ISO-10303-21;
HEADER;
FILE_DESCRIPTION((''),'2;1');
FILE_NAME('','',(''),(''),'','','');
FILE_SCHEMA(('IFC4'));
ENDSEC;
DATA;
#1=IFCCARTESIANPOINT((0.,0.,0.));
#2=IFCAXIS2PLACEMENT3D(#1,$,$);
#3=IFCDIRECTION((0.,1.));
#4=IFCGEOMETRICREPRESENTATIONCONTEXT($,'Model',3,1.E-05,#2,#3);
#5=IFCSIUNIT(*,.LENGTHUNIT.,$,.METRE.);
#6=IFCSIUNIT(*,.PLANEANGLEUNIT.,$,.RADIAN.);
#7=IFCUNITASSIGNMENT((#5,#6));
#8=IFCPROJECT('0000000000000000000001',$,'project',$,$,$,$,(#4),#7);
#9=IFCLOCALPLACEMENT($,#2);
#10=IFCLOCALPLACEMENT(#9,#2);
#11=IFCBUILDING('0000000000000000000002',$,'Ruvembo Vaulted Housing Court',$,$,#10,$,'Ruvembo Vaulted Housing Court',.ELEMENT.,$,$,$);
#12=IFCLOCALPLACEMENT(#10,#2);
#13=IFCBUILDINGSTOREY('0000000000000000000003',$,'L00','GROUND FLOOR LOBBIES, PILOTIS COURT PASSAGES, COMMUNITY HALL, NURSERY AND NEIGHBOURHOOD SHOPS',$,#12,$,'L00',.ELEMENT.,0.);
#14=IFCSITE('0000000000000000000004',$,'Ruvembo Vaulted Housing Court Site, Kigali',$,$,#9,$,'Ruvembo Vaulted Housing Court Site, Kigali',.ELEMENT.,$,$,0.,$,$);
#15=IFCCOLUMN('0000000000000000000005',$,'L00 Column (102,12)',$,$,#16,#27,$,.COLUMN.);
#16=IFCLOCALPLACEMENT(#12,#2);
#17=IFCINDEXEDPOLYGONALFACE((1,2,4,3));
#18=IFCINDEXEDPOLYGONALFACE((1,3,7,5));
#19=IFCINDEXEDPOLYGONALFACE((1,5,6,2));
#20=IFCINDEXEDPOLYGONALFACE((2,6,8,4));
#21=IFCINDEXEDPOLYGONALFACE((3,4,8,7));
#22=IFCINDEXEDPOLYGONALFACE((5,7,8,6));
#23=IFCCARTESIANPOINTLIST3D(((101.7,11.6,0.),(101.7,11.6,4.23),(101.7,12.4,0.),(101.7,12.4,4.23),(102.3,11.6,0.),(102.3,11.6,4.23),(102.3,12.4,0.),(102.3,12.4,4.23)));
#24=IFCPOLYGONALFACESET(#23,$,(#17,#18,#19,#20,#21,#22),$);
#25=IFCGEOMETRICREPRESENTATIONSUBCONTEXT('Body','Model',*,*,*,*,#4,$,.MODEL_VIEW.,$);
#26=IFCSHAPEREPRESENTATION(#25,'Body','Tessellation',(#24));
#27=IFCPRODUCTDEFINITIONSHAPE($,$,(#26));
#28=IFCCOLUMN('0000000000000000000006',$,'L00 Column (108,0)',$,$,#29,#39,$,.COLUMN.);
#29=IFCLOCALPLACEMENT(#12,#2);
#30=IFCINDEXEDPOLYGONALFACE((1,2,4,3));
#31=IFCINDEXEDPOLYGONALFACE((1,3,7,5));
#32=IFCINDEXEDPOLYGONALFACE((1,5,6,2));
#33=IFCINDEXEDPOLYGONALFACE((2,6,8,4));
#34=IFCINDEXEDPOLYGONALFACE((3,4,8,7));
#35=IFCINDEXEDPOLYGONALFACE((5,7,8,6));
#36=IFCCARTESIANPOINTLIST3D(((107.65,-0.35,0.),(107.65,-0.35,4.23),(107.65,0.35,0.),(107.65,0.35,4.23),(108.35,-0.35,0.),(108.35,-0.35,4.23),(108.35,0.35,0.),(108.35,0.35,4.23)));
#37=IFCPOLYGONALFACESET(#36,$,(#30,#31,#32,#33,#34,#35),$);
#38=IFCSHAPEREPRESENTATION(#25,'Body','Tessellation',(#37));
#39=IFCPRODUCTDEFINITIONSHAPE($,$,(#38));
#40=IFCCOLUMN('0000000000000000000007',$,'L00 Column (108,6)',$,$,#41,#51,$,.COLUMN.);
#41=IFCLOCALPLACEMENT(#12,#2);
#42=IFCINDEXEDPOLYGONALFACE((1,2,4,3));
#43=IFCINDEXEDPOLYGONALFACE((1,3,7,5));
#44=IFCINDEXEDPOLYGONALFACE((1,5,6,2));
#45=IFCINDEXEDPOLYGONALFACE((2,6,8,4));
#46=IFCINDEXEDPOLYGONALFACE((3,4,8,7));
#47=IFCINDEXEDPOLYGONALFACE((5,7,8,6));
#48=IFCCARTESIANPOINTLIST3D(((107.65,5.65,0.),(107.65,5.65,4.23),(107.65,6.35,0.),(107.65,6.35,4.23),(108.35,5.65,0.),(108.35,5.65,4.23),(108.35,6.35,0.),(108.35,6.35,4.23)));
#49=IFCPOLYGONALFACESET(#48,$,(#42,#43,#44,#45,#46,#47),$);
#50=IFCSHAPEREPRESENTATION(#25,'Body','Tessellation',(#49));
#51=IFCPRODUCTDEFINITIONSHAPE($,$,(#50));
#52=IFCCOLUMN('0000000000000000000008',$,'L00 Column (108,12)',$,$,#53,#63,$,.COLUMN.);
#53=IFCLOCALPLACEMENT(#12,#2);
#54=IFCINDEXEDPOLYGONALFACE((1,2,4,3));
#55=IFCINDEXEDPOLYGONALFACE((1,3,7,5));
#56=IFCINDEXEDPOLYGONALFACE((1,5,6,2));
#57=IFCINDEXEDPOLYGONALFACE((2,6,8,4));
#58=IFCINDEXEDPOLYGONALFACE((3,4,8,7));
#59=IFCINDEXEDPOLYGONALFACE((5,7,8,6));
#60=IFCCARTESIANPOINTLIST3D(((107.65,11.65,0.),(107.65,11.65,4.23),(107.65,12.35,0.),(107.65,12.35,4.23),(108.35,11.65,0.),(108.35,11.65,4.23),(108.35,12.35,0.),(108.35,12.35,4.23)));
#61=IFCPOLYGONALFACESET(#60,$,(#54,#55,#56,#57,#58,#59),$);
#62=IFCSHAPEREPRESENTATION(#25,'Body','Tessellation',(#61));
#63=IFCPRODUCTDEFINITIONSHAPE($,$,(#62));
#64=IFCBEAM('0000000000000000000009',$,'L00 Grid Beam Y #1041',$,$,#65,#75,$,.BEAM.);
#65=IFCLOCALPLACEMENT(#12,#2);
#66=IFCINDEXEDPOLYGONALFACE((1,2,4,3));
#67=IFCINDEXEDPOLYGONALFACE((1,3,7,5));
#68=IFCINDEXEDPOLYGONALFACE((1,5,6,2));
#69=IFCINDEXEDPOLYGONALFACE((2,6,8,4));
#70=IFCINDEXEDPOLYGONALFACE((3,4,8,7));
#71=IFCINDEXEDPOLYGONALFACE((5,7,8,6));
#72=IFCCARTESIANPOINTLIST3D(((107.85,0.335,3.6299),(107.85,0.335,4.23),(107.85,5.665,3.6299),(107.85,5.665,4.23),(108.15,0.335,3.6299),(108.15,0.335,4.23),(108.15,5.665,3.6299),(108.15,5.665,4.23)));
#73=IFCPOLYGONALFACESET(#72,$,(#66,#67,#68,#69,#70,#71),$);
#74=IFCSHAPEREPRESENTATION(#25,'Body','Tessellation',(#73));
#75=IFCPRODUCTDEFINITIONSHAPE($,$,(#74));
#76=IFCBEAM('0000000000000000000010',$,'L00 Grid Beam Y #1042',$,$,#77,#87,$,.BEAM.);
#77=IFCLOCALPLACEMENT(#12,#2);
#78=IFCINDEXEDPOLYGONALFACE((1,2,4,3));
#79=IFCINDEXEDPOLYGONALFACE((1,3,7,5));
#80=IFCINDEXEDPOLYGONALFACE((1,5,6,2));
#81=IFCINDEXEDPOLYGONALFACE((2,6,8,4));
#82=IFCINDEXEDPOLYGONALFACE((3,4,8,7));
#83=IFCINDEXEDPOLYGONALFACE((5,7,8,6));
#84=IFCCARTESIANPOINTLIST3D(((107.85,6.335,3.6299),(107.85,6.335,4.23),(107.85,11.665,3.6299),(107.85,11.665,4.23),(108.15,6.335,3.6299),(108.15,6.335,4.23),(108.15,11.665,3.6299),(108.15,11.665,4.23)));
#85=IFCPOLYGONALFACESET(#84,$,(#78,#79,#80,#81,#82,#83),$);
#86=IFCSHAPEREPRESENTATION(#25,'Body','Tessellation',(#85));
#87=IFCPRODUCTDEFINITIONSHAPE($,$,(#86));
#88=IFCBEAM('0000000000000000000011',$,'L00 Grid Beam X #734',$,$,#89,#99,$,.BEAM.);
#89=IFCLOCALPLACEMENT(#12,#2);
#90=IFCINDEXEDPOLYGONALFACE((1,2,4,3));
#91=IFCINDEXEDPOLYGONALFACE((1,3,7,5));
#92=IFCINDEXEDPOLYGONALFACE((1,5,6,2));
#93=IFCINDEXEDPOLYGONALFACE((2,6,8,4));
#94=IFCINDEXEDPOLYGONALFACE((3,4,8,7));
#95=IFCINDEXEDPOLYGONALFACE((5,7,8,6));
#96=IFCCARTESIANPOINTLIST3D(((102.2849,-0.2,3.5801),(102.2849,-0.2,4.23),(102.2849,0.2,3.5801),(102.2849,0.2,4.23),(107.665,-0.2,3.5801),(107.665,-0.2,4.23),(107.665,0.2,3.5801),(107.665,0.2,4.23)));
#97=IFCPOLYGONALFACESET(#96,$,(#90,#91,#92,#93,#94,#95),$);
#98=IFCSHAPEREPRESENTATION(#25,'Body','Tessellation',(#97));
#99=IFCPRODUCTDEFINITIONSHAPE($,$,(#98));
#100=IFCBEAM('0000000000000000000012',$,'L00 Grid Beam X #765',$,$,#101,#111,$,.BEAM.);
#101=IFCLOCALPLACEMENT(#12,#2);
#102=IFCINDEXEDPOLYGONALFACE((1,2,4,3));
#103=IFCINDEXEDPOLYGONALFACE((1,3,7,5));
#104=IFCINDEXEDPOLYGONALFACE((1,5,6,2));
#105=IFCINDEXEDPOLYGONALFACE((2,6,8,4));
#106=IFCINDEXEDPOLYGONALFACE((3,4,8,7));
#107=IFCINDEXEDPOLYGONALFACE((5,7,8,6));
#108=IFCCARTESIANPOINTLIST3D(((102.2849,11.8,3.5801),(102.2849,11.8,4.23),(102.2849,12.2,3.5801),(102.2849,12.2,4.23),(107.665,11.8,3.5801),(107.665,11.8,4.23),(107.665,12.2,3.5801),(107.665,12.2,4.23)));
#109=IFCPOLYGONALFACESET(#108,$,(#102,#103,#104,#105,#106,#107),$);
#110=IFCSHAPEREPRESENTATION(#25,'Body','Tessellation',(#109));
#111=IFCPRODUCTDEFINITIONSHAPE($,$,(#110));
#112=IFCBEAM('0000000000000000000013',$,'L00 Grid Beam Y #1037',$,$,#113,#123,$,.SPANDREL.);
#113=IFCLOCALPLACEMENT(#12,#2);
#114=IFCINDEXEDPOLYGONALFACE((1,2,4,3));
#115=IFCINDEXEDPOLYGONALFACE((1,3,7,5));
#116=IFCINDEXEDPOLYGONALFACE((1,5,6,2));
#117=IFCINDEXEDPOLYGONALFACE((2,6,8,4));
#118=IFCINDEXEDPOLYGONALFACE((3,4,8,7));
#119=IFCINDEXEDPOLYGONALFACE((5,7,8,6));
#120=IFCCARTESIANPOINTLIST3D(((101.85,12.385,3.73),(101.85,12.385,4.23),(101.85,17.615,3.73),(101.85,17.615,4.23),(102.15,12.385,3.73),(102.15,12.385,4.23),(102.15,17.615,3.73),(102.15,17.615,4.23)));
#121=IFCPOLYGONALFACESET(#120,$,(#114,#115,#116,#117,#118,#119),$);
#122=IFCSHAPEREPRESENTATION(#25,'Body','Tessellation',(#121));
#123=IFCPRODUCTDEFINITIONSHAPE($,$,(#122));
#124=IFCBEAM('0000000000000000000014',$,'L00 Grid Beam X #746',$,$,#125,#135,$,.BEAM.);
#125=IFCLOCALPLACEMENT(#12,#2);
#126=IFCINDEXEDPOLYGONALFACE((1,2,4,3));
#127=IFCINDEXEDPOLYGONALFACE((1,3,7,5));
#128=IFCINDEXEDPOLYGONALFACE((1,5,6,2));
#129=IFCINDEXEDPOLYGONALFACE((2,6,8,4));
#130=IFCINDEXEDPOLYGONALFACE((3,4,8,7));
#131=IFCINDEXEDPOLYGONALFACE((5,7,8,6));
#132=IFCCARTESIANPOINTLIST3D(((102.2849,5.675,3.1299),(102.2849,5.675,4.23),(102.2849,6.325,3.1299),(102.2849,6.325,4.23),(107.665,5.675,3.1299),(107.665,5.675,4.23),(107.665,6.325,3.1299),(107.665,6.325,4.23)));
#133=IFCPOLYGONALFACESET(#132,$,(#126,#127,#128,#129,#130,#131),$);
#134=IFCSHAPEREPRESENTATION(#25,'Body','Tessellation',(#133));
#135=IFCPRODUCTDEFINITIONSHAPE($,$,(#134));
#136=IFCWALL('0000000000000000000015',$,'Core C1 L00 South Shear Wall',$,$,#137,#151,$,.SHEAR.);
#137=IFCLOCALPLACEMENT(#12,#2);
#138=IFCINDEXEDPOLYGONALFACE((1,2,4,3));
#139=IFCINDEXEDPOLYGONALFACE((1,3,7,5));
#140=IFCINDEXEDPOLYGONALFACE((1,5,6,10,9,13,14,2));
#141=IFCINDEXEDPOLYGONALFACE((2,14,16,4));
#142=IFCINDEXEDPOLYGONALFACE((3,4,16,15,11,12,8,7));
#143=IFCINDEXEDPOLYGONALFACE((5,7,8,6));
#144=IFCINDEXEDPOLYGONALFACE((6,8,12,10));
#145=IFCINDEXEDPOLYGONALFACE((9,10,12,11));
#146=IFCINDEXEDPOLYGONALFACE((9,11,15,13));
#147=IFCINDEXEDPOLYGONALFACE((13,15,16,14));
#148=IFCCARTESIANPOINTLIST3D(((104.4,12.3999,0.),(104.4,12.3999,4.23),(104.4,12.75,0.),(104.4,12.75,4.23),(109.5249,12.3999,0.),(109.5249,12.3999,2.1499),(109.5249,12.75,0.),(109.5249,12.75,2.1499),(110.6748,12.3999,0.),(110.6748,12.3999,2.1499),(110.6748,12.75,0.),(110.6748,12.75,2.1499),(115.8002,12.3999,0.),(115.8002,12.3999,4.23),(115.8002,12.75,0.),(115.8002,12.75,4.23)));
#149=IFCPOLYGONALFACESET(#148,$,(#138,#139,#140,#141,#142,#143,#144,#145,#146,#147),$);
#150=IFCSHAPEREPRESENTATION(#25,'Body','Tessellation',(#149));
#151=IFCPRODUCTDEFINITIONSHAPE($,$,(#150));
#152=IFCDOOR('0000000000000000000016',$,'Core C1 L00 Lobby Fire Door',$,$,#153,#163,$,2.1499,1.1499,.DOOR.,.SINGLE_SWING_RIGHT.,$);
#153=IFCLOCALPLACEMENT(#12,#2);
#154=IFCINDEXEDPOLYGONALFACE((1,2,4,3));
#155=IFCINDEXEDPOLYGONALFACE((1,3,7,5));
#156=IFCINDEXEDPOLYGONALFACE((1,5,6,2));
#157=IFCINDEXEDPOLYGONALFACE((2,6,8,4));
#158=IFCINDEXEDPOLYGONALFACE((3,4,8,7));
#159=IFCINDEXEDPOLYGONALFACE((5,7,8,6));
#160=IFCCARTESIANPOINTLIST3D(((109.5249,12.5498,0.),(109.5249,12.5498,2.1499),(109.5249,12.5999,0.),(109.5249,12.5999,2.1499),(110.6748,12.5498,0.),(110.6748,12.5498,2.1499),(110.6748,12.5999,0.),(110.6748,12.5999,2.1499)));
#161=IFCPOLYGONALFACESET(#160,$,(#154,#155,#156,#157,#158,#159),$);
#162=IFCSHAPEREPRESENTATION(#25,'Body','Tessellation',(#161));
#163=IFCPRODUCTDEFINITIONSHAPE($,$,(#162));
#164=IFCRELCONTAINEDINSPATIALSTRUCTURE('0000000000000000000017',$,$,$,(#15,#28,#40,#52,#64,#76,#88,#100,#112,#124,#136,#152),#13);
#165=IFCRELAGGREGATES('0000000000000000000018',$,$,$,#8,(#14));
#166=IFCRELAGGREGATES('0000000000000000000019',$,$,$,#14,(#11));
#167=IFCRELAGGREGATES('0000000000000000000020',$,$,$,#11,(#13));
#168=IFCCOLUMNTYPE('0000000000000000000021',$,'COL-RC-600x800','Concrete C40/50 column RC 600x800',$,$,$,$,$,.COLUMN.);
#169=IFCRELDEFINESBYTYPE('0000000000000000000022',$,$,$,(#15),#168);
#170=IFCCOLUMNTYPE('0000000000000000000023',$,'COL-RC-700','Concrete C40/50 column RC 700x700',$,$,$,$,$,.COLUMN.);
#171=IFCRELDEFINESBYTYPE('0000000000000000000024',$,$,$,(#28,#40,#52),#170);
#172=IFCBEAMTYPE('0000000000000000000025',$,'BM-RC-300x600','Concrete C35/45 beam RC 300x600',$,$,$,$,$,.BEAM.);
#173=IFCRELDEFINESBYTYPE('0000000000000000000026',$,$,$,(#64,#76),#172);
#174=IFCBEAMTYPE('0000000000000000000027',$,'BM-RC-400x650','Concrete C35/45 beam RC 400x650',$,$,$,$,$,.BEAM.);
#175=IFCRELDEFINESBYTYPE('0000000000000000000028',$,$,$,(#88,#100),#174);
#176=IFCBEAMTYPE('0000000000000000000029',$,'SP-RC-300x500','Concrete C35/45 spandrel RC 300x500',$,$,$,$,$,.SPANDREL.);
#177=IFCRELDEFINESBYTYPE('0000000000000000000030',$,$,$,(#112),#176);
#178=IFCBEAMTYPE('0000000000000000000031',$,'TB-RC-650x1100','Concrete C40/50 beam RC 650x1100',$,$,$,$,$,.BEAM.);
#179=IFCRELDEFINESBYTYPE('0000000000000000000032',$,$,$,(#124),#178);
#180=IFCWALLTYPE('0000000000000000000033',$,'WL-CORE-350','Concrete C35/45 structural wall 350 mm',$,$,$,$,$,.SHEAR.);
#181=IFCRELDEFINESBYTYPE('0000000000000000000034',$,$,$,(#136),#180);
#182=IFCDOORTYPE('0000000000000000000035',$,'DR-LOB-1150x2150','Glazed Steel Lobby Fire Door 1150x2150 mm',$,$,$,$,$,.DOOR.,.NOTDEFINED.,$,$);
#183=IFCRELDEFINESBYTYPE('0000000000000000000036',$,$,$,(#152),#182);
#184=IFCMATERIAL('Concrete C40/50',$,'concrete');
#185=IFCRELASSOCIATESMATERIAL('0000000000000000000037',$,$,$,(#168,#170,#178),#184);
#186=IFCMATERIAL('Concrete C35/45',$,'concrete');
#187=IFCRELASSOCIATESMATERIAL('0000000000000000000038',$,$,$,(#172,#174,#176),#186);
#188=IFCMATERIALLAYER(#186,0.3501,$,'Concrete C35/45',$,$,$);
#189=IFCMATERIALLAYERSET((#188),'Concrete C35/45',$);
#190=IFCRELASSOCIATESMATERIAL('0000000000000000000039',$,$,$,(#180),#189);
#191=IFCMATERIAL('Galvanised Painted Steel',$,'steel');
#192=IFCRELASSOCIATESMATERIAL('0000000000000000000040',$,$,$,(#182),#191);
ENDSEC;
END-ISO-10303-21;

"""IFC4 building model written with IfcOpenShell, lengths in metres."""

from ifc_helpers import new_model, si_unit, direction, frame, frame_2d, origin, origin_2d, place, context, subcontext, project, spatial, rectangle, extrude, material, layer, layer_set, material_profile, profile_set, type_object, element, fill, save


model = new_model("IFC4")

# Units and contexts
model_context = context("Model", 3, precision=1e-05, world=origin(), true_north=direction((0.0, 1.0)))
body_context = subcontext(model_context, "Body", "Model", "MODEL_VIEW")
ifc_project = project(units=[si_unit("LENGTHUNIT", "METRE"), si_unit("PLANEANGLEUNIT", "RADIAN")], contexts=[model_context])

# Site, building, storey
site_placement = place(None, origin())
site = spatial("IfcSite", under=ifc_project, at=site_placement, Name="Ruvembo Vaulted Housing Court Site, Kigali", LongName="Ruvembo Vaulted Housing Court Site, Kigali", CompositionType="ELEMENT", RefElevation=0.0)
building_placement = place(site_placement, origin())
building = spatial("IfcBuilding", under=site, at=building_placement, Name="Ruvembo Vaulted Housing Court", LongName="Ruvembo Vaulted Housing Court", CompositionType="ELEMENT")
storey_placement = place(building_placement, origin())
storey = spatial("IfcBuildingStorey", under=building, at=storey_placement, Name="L00", Description="GROUND FLOOR LOBBIES, PILOTIS COURT PASSAGES, COMMUNITY HALL, NURSERY AND NEIGHBOURHOOD SHOPS", LongName="L00", CompositionType="ELEMENT", Elevation=0.0)

# Columns
ifc_material_1 = material(Name="Concrete C40/50", Category="concrete")
ifc_material_profile_1 = material_profile(ifc_material_1, rectangle(XDim=0.6001, YDim=0.8, at=origin_2d()), Name="RC 600x800")
ifc_profile_set_1 = profile_set([ifc_material_profile_1], Name="Concrete C40/50")
column_type_1 = type_object("IfcColumnType", Name="COL-RC-600x800", Description="Concrete C40/50 column RC 600x800", PredefinedType="COLUMN", material=ifc_profile_set_1)
column_placement = place(storey_placement, frame((102.0, 12.0, 0.0), z_axis=(0.0, 0.0, 1.0), x_axis=(1.0, 0.0, 0.0)))
element("IfcColumn", 1, at=column_placement, inside=storey, type_object=column_type_1, Name="L00 Column (102,12)", PredefinedType="COLUMN", context=body_context, shape_type="SweptSolid", body=[
    extrude(rectangle(XDim=0.6001, YDim=0.8, at=origin_2d()), origin(), (0.0, 0.0, 1.0), 4.23),
])
ifc_material_profile_2 = material_profile(ifc_material_1, rectangle(XDim=0.7, YDim=0.7, at=origin_2d()), Name="RC 700x700")
ifc_profile_set_2 = profile_set([ifc_material_profile_2], Name="Concrete C40/50")
column_type_2 = type_object("IfcColumnType", Name="COL-RC-700", Description="Concrete C40/50 column RC 700x700", PredefinedType="COLUMN", material=ifc_profile_set_2)
for number, where, z_axis, x_axis, name in (
    (2, (108.0, 0.0, 0.0), (0.0, 0.0, 1.0), (1.0, 0.0, 0.0), "L00 Column (108,0)"),
    (3, (108.0, 6.0, 0.0), (0.0, 0.0, 1.0), (1.0, 0.0, 0.0), "L00 Column (108,6)"),
    (4, (108.0, 12.0, 0.0), (0.0, 0.0, 1.0), (1.0, 0.0, 0.0), "L00 Column (108,12)"),
):
    element("IfcColumn", number, at=place(storey_placement, frame(where, z_axis=z_axis, x_axis=x_axis)), inside=storey, type_object=column_type_2, Name=name, PredefinedType="COLUMN", context=body_context, shape_type="SweptSolid", body=[
        extrude(rectangle(XDim=0.7, YDim=0.7, at=origin_2d()), origin(), (0.0, 0.0, 1.0), 4.23),
    ])

# Beams
ifc_material_2 = material(Name="Concrete C35/45", Category="concrete")
ifc_material_profile_3 = material_profile(ifc_material_2, rectangle(XDim=0.3, YDim=0.6001, at=origin_2d()), Name="RC 300x600")
ifc_profile_set_3 = profile_set([ifc_material_profile_3], Name="Concrete C35/45")
beam_type_1 = type_object("IfcBeamType", Name="BM-RC-300x600", Description="Concrete C35/45 beam RC 300x600", PredefinedType="BEAM", material=ifc_profile_set_3)
for number, where, z_axis, x_axis, name in (
    (5, (108.0, 0.335, 3.9299), (0.0, 1.0, 0.0), (-1.0, 0.0, 0.0), "L00 Grid Beam Y #1041"),
    (6, (108.0, 6.335, 3.9299), (0.0, 1.0, 0.0), (-1.0, 0.0, 0.0), "L00 Grid Beam Y #1042"),
):
    element("IfcBeam", number, at=place(storey_placement, frame(where, z_axis=z_axis, x_axis=x_axis)), inside=storey, type_object=beam_type_1, Name=name, PredefinedType="BEAM", context=body_context, shape_type="SweptSolid", body=[
        extrude(rectangle(XDim=0.3, YDim=0.6001, at=origin_2d()), origin(), (0.0, 0.0, 1.0), 5.3301),
    ])
ifc_material_profile_4 = material_profile(ifc_material_2, rectangle(XDim=0.3999, YDim=0.6499, at=origin_2d()), Name="RC 400x650")
ifc_profile_set_4 = profile_set([ifc_material_profile_4], Name="Concrete C35/45")
beam_type_2 = type_object("IfcBeamType", Name="BM-RC-400x650", Description="Concrete C35/45 beam RC 400x650", PredefinedType="BEAM", material=ifc_profile_set_4)
for number, where, z_axis, x_axis, name in (
    (7, (102.2849, 0.0, 3.905), (1.0, 0.0, 0.0), (0.0, 1.0, 0.0), "L00 Grid Beam X #734"),
    (8, (102.2849, 12.0, 3.905), (1.0, 0.0, 0.0), (0.0, 1.0, 0.0), "L00 Grid Beam X #765"),
):
    element("IfcBeam", number, at=place(storey_placement, frame(where, z_axis=z_axis, x_axis=x_axis)), inside=storey, type_object=beam_type_2, Name=name, PredefinedType="BEAM", context=body_context, shape_type="SweptSolid", body=[
        extrude(rectangle(XDim=0.3999, YDim=0.6499, at=origin_2d()), origin(), (0.0, 0.0, 1.0), 5.3801),
    ])
ifc_material_profile_5 = material_profile(ifc_material_2, rectangle(XDim=0.3, YDim=0.5, at=origin_2d()), Name="RC 300x500")
ifc_profile_set_5 = profile_set([ifc_material_profile_5], Name="Concrete C35/45")
beam_type_3 = type_object("IfcBeamType", Name="SP-RC-300x500", Description="Concrete C35/45 spandrel RC 300x500", PredefinedType="SPANDREL", material=ifc_profile_set_5)
beam_1_placement = place(storey_placement, frame((102.0, 12.385, 3.98), z_axis=(0.0, 1.0, 0.0), x_axis=(-1.0, 0.0, 0.0)))
element("IfcBeam", 9, at=beam_1_placement, inside=storey, type_object=beam_type_3, Name="L00 Grid Beam Y #1037", PredefinedType="SPANDREL", context=body_context, shape_type="SweptSolid", body=[
    extrude(rectangle(XDim=0.3, YDim=0.5, at=origin_2d()), origin(), (0.0, 0.0, 1.0), 5.23),
])
ifc_material_profile_6 = material_profile(ifc_material_1, rectangle(XDim=0.6499, YDim=1.1001, at=origin_2d()), Name="RC 650x1100")
ifc_profile_set_6 = profile_set([ifc_material_profile_6], Name="Concrete C40/50")
beam_type_4 = type_object("IfcBeamType", Name="TB-RC-650x1100", Description="Concrete C40/50 beam RC 650x1100", PredefinedType="BEAM", material=ifc_profile_set_6)
beam_2_placement = place(storey_placement, frame((102.2849, 6.0, 3.6799), z_axis=(1.0, 0.0, 0.0), x_axis=(0.0, 1.0, 0.0)))
element("IfcBeam", 10, at=beam_2_placement, inside=storey, type_object=beam_type_4, Name="L00 Grid Beam X #746", PredefinedType="BEAM", context=body_context, shape_type="SweptSolid", body=[
    extrude(rectangle(XDim=0.6499, YDim=1.1001, at=origin_2d()), origin(), (0.0, 0.0, 1.0), 5.3801),
])

# Wall, opening, door
ifc_layer_1 = layer(ifc_material_2, 0.3501, Name="Concrete C35/45")
ifc_layer_set_1 = layer_set([ifc_layer_1], Name="Concrete C35/45")
wall_type_1 = type_object("IfcWallType", Name="WL-CORE-350", Description="Concrete C35/45 structural wall 350 mm", PredefinedType="SHEAR", material=ifc_layer_set_1)
wall_1_placement = place(storey_placement, frame((104.3999, 12.575, 0.0), z_axis=(0.0, 0.0, 1.0), x_axis=(1.0, 0.0, 0.0)))
wall_1 = element("IfcWall", 11, at=wall_1_placement, inside=storey, type_object=wall_type_1, Name="Core C1 L00 South Shear Wall", PredefinedType="SHEAR", context=body_context, shape_type="SweptSolid", body=[
    extrude(rectangle(XDim=11.4001, YDim=0.3501, at=frame_2d((5.7002, 0.0))), origin(), (0.0, 0.0, 1.0), 4.23),
])
opening_1_placement = place(wall_1_placement, frame((5.125, 0.0, 0.0)))
opening_1 = element("IfcOpeningElement", 12, at=opening_1_placement, cuts=wall_1, PredefinedType="OPENING", context=body_context, shape_type="SweptSolid", body=[
    extrude(rectangle(XDim=1.1499, YDim=2.1499, at=frame_2d((0.575, 1.075))), frame((0.0, 0.1851, 0.0), z_axis=(0.0, -1.0, 0.0), x_axis=(1.0, 0.0, 0.0)), (0.0, 0.0, 1.0), 0.3701),
])
ifc_material_3 = material(Name="Galvanised Painted Steel", Category="steel")
door_type_1 = type_object("IfcDoorType", Name="DR-LOB-1150x2150", Description="Glazed Steel Lobby Fire Door 1150x2150 mm", OperationType="NOTDEFINED", PredefinedType="DOOR", material=ifc_material_3)
door_1_placement = place(opening_1_placement, origin())
door_1 = element("IfcDoor", 13, at=door_1_placement, inside=storey, type_object=door_type_1, Name="Core C1 L00 Lobby Fire Door", OperationType="SINGLE_SWING_RIGHT", OverallHeight=2.1499, OverallWidth=1.1499, PredefinedType="DOOR", context=body_context, shape_type="SweptSolid", body=[
    extrude(rectangle(XDim=1.1499, YDim=2.1499, at=frame_2d((0.575, 1.075))), frame((0.0, 0.0249, 0.0), z_axis=(0.0, -1.0, 0.0), x_axis=(1.0, 0.0, 0.0)), (0.0, 0.0, 1.0), 0.05),
])
fill(opening_1, door_1)

save(model, "model.ifc")
